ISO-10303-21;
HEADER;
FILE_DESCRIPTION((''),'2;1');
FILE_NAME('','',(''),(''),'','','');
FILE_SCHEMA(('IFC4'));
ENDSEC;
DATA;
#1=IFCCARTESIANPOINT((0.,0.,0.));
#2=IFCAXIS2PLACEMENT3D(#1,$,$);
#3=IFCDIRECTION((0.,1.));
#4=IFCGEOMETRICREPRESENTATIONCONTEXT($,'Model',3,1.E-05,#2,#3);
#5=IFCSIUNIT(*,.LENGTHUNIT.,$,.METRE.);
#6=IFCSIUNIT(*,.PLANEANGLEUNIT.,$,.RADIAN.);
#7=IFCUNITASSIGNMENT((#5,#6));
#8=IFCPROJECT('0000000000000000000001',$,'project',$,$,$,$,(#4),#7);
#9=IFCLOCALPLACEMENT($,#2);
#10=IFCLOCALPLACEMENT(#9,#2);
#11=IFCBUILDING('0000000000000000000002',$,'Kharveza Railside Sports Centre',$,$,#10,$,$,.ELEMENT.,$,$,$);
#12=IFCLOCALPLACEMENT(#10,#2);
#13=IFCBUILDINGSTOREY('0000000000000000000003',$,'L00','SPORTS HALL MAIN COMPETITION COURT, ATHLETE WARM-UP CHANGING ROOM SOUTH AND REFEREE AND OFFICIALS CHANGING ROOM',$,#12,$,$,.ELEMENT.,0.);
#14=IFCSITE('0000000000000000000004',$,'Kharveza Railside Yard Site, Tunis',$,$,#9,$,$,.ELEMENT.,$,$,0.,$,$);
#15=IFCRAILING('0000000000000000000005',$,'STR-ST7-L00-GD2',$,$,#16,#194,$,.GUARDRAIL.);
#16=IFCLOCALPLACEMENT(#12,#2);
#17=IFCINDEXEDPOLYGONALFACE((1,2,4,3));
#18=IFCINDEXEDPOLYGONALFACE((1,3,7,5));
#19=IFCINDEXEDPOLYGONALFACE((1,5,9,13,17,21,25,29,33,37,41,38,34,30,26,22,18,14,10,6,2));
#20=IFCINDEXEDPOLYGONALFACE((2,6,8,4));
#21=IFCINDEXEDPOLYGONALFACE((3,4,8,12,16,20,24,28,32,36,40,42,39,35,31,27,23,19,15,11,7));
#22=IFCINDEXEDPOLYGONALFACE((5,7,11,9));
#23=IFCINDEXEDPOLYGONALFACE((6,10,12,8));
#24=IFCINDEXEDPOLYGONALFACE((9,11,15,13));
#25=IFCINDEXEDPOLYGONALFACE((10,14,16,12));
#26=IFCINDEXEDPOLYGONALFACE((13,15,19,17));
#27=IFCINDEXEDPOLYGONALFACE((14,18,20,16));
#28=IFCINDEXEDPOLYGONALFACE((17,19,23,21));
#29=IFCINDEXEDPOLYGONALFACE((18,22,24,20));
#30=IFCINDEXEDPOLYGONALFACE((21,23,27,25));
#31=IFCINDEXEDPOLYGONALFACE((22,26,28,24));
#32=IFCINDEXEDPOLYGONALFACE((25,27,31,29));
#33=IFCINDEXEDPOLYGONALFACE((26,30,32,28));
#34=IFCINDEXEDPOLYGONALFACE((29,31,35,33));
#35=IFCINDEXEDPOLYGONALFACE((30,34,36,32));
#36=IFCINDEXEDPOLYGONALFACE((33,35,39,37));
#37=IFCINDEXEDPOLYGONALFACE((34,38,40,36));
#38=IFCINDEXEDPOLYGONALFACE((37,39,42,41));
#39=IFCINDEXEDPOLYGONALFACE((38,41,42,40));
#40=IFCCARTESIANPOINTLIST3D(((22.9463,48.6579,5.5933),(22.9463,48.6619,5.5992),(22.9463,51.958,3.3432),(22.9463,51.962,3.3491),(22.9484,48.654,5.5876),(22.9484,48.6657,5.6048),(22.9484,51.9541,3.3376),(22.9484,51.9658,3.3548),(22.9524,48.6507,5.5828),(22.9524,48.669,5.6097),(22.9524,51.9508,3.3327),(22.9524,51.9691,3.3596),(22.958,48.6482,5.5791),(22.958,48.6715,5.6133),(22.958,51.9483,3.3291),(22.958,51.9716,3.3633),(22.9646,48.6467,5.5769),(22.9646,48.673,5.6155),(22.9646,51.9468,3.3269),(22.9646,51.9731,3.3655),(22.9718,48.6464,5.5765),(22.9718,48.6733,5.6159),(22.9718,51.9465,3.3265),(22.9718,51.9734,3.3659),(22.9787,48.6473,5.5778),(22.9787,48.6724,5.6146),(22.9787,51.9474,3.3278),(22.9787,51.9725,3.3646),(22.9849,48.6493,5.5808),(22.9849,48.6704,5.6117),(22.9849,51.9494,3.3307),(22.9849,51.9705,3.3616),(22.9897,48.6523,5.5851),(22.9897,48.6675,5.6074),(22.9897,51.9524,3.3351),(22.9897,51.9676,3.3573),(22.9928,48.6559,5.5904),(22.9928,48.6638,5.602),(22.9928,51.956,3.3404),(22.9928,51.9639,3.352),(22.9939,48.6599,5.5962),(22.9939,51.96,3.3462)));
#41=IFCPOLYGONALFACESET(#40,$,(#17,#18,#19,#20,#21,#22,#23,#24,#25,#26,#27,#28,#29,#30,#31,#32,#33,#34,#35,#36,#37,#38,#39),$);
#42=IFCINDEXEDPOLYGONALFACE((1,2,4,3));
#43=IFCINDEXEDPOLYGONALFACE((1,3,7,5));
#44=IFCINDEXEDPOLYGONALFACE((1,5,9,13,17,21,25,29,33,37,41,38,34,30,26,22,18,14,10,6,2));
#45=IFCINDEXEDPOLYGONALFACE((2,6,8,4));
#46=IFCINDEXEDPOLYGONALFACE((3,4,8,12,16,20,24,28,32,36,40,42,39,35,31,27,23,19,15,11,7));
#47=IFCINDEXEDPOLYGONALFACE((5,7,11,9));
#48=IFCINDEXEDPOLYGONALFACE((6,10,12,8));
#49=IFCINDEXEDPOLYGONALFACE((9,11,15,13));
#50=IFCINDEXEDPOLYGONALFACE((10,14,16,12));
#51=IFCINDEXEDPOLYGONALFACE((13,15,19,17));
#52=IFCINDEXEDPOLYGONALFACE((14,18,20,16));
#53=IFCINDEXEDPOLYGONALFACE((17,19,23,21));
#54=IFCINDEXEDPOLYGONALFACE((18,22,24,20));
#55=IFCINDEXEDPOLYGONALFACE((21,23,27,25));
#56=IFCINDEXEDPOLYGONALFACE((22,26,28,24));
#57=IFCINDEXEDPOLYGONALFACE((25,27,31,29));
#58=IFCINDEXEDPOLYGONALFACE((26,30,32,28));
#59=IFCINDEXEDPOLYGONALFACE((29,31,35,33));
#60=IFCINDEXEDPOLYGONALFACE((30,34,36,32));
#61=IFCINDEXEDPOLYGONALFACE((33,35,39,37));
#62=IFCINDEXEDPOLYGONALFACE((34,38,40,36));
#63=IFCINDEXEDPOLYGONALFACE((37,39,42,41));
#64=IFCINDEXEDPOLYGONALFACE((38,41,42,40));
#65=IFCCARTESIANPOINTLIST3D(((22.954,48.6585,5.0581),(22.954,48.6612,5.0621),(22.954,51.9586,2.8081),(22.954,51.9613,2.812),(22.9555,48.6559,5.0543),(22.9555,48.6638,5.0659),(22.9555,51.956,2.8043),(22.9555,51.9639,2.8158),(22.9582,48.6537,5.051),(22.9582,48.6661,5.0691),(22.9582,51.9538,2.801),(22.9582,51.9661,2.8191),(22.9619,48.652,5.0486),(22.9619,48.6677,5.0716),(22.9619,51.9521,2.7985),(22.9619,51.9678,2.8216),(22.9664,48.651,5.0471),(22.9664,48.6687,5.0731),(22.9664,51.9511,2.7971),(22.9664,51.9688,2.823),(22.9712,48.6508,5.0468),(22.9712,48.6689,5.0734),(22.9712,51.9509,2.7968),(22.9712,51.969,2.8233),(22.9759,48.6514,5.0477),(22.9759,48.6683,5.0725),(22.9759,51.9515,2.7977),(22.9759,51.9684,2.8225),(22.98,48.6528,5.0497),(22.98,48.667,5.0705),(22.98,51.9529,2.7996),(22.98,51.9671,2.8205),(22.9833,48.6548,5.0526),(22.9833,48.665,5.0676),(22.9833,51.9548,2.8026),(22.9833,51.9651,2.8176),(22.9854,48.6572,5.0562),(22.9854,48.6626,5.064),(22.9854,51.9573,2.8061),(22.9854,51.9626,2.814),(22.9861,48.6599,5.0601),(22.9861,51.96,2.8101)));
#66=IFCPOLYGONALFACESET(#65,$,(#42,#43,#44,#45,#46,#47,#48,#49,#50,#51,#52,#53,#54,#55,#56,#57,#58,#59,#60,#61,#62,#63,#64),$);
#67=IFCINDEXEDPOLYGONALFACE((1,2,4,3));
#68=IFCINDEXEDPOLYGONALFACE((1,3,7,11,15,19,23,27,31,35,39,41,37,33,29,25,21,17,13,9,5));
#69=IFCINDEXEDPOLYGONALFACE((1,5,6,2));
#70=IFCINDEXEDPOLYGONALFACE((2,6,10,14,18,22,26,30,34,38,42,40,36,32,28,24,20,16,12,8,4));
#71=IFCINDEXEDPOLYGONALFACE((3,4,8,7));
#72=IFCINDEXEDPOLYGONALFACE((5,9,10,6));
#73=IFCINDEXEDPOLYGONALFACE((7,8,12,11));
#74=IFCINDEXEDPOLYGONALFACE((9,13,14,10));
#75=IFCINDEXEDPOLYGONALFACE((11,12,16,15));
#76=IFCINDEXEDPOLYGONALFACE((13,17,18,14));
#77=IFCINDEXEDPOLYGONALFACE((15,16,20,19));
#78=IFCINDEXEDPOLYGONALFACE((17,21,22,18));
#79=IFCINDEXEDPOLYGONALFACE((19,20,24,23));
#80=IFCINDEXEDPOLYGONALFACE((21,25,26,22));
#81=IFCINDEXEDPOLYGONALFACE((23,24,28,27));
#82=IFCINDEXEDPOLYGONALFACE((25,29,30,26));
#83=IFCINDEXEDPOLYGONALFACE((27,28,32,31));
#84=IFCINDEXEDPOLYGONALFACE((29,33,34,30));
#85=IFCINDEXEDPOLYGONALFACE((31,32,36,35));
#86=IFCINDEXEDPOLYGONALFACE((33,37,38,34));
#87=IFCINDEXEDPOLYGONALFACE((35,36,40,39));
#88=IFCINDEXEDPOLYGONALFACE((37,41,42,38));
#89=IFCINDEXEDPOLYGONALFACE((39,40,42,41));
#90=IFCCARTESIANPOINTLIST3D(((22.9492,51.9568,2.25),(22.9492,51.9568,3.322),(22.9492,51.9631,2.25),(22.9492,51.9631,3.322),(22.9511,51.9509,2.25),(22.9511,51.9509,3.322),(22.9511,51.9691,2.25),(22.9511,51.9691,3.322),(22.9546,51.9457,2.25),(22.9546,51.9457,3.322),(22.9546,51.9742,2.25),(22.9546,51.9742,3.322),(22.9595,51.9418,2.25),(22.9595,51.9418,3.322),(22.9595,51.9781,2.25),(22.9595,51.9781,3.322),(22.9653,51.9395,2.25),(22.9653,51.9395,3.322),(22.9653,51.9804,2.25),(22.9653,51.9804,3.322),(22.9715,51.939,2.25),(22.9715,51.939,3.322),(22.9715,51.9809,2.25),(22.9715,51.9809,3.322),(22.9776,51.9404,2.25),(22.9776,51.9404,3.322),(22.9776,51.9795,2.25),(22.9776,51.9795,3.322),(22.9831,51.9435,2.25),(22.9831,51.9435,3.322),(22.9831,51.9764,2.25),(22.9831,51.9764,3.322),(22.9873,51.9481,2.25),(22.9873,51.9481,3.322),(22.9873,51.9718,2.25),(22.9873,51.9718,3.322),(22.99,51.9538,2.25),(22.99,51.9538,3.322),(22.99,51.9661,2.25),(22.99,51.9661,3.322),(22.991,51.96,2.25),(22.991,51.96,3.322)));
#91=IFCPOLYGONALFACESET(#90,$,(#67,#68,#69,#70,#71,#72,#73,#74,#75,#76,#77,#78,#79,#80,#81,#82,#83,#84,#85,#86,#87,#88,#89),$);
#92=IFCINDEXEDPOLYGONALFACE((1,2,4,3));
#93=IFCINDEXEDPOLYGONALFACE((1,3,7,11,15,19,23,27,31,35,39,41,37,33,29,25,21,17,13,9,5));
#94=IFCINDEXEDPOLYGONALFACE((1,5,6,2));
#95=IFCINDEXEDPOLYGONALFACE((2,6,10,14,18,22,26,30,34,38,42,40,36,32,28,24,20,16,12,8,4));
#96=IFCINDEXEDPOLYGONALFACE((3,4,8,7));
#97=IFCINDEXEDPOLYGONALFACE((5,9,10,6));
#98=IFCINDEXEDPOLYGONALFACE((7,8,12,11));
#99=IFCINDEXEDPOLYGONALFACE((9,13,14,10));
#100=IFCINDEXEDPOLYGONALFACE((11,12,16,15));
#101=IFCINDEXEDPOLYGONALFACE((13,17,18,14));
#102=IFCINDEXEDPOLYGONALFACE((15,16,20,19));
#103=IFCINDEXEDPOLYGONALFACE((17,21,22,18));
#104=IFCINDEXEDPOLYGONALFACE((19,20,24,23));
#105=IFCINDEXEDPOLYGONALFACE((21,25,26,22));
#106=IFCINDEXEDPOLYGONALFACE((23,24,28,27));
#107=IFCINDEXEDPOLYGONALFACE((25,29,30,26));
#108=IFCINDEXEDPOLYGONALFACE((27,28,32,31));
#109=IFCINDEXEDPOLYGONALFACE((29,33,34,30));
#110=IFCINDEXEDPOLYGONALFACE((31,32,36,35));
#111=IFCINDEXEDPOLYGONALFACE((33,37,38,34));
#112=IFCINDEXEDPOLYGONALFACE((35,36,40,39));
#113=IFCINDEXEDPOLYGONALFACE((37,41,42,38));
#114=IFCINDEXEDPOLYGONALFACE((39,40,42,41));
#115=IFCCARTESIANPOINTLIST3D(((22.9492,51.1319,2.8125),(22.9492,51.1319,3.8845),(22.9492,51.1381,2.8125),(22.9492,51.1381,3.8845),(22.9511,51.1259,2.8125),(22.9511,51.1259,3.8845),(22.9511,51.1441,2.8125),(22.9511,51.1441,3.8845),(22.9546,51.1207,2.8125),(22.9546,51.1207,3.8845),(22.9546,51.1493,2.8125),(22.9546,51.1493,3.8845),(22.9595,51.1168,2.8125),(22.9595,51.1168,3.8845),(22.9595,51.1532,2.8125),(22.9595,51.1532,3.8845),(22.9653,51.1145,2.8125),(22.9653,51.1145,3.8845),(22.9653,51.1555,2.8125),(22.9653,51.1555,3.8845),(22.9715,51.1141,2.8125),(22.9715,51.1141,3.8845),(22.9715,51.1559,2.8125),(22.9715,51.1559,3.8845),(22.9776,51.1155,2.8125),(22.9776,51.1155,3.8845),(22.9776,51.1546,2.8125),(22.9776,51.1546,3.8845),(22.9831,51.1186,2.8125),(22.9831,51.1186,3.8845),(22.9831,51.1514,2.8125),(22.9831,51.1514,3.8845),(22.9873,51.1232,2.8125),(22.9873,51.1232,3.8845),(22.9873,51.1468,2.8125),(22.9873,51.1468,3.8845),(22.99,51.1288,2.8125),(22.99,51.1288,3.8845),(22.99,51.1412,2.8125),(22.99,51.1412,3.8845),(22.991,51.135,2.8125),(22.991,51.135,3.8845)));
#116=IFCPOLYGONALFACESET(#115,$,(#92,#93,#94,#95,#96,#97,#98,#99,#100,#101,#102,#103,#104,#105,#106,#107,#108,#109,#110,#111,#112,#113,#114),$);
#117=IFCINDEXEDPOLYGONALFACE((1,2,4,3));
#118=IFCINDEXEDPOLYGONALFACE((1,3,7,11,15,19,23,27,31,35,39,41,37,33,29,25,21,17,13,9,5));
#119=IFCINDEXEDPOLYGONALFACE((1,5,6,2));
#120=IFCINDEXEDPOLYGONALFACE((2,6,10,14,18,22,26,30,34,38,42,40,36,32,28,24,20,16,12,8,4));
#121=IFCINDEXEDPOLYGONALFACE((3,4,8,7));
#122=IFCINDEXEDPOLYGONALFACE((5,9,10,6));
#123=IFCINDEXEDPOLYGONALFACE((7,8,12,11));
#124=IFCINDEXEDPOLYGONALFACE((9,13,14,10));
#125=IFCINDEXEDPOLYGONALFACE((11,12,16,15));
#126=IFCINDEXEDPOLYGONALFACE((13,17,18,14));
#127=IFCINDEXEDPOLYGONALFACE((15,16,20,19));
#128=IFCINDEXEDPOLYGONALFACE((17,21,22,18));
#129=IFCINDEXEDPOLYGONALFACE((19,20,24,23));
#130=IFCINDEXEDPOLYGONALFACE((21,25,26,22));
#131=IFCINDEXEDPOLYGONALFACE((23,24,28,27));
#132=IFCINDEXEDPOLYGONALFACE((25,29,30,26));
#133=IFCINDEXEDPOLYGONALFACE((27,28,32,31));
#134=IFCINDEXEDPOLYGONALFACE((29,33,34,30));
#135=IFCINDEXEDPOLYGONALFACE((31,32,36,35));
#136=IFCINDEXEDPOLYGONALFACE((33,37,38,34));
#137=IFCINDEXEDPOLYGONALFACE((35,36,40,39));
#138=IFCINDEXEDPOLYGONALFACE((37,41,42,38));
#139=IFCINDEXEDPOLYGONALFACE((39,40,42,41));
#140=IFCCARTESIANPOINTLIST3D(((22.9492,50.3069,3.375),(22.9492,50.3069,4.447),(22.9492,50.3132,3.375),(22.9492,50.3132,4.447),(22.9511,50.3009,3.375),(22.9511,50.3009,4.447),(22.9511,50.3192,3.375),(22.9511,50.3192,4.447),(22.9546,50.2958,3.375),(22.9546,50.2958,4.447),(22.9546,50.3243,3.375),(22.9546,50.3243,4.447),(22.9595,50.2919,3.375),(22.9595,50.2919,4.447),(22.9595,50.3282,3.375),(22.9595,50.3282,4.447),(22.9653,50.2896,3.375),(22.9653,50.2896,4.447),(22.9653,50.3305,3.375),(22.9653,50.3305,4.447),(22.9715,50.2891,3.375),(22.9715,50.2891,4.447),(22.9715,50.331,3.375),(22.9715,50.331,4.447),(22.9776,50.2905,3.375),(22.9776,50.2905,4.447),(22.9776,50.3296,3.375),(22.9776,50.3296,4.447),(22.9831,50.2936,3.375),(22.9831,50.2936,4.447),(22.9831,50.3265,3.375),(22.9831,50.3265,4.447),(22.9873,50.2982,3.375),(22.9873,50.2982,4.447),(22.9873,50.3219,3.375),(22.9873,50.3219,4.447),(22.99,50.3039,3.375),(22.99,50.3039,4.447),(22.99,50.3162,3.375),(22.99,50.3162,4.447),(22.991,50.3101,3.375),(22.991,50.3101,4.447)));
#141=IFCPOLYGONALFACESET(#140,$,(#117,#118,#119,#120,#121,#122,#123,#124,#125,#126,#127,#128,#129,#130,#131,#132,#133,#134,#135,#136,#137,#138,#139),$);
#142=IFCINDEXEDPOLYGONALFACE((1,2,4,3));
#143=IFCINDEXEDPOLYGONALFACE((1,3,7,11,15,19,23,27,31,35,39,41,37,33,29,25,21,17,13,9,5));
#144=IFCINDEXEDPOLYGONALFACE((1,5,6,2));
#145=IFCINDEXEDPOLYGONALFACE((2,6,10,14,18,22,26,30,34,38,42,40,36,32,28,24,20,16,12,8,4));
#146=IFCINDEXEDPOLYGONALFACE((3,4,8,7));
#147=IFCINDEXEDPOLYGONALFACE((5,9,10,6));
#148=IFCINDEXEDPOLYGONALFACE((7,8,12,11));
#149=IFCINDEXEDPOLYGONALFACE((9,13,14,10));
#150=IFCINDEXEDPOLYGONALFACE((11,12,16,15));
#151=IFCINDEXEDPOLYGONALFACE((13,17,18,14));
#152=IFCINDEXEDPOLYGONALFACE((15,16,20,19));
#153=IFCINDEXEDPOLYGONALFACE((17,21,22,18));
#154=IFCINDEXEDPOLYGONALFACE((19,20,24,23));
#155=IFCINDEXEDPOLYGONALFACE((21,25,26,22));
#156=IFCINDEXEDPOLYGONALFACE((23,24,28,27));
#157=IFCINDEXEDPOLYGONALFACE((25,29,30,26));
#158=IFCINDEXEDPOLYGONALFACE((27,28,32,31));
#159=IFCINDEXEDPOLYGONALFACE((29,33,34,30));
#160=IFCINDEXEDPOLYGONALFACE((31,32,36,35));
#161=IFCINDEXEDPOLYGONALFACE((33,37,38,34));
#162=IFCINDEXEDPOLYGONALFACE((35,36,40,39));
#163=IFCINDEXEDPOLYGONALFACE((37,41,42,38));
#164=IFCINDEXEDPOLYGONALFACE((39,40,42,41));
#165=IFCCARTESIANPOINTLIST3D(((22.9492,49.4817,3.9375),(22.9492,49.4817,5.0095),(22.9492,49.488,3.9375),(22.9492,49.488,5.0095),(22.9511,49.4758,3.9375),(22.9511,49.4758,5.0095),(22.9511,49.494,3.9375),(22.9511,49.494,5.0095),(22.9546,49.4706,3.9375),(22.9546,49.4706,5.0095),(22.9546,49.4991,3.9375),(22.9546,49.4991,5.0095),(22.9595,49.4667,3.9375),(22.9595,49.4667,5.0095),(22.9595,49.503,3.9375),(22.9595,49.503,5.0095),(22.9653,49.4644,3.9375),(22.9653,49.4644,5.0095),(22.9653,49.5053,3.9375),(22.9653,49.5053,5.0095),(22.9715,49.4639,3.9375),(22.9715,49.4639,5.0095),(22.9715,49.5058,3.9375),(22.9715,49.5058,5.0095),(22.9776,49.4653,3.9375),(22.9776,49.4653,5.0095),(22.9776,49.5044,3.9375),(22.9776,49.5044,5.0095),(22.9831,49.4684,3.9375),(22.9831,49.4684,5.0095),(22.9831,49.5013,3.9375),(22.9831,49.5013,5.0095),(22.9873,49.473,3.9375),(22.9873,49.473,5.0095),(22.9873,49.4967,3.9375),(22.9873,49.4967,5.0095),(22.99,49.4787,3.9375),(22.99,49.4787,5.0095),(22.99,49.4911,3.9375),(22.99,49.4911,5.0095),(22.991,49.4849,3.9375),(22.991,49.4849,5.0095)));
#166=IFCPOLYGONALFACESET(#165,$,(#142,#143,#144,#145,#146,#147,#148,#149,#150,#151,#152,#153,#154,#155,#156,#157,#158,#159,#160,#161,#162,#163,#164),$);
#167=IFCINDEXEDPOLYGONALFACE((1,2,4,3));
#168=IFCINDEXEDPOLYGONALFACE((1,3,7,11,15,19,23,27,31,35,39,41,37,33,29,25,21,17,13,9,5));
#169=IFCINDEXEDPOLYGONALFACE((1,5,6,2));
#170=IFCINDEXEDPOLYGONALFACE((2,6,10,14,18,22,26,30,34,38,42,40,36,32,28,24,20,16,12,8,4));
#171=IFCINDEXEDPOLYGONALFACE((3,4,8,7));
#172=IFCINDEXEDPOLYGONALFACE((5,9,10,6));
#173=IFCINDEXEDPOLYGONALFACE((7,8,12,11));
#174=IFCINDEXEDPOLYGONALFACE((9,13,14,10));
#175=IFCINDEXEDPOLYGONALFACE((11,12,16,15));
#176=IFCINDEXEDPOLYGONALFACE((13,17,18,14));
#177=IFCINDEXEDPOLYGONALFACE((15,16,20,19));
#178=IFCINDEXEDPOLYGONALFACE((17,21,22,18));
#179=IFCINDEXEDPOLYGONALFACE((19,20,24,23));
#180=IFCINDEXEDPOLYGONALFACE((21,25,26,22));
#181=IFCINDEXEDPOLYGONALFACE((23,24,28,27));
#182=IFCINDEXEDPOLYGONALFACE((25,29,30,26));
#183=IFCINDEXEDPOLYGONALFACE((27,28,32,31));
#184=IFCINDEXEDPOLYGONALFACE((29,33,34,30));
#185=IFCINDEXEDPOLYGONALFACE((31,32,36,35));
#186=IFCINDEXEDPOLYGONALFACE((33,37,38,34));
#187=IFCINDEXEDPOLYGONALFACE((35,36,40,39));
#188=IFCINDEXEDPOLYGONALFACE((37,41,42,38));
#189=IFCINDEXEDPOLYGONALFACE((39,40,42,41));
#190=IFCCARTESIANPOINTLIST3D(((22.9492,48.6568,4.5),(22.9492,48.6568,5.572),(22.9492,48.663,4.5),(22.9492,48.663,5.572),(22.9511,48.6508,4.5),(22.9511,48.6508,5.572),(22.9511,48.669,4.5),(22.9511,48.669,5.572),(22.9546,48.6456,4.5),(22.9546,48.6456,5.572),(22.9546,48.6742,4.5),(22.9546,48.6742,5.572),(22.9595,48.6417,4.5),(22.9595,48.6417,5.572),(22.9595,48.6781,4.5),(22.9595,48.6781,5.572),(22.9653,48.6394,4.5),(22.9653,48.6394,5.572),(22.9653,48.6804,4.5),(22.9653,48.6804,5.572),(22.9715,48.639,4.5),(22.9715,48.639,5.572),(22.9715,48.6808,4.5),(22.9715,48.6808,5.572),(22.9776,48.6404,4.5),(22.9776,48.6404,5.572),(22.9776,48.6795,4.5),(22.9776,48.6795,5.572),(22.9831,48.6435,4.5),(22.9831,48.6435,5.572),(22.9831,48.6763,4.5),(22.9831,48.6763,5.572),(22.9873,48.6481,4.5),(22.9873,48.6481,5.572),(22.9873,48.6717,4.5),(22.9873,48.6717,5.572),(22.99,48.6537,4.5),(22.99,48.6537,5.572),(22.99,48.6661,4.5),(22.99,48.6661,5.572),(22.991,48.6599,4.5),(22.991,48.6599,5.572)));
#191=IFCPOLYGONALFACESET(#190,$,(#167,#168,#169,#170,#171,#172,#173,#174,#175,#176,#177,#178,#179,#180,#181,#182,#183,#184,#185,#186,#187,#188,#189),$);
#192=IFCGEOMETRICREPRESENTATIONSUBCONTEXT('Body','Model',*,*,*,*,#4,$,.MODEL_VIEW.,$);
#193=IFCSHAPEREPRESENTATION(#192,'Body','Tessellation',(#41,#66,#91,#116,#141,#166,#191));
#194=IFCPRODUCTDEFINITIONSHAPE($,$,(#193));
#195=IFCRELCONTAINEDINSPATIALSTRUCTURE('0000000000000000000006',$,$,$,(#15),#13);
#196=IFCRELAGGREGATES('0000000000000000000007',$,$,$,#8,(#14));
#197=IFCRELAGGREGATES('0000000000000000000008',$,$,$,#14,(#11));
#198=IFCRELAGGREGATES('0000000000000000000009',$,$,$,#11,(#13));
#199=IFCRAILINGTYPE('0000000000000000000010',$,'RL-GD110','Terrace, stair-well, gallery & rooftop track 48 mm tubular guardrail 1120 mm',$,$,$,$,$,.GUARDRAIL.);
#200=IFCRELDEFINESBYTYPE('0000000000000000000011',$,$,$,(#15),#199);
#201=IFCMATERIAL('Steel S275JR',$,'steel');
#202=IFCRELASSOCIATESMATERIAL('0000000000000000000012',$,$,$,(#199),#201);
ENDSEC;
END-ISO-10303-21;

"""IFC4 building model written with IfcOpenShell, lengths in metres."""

from ifc_helpers import new_model, si_unit, direction, frame, origin, origin_2d, place, context, subcontext, project, spatial, circle, extrude, material, type_object, element, save


model = new_model("IFC4")

# Units and contexts
model_context = context("Model", 3, precision=1e-05, world=origin(), true_north=direction((0.0, 1.0)))
body_context = subcontext(model_context, "Body", "Model", "MODEL_VIEW")
ifc_project = project(units=[si_unit("LENGTHUNIT", "METRE"), si_unit("PLANEANGLEUNIT", "RADIAN")], contexts=[model_context])

# Site, building, storey
site_placement = place(None, origin())
site = spatial("IfcSite", under=ifc_project, at=site_placement, Name="Kharveza Railside Yard Site, Tunis", CompositionType="ELEMENT", RefElevation=0.0)
building_placement = place(site_placement, origin())
building = spatial("IfcBuilding", under=site, at=building_placement, Name="Kharveza Railside Sports Centre", CompositionType="ELEMENT")
storey_placement = place(building_placement, origin())
storey = spatial("IfcBuildingStorey", under=building, at=storey_placement, Name="L00", Description="SPORTS HALL MAIN COMPETITION COURT, ATHLETE WARM-UP CHANGING ROOM SOUTH AND REFEREE AND OFFICIALS CHANGING ROOM", CompositionType="ELEMENT", Elevation=0.0)

# Railing
ifc_material_1 = material(Name="Steel S275JR", Category="steel")
railing_type_1 = type_object("IfcRailingType", Name="RL-GD110", Description="Terrace, stair-well, gallery & rooftop track 48 mm tubular guardrail 1120 mm", PredefinedType="GUARDRAIL", material=ifc_material_1)
railing_1_placement = place(storey_placement, frame((22.97, 51.96, 2.25)))
element("IfcRailing", 1, at=railing_1_placement, inside=storey, type_object=railing_type_1, Name="STR-ST7-L00-GD2", PredefinedType="GUARDRAIL", context=body_context, shape_type="SweptSolid", body=[
    extrude(circle(Radius=0.0239, at=origin_2d()), frame((0.0, 0.0, 1.0962), z_axis=(0.0, -0.826231, 0.563331), x_axis=(1.0, 0.0, 0.0)), (0.0, 0.0, 1.0), 3.9941),
    extrude(circle(Radius=0.0161, at=origin_2d()), frame((0.0, 0.0, 0.5601), z_axis=(0.0, -0.826231, 0.563331), x_axis=(1.0, 0.0, 0.0)), (0.0, 0.0, 1.0), 3.9941),
    extrude(circle(Radius=0.021, at=origin_2d()), origin(), (0.0, 0.0, 1.0), 1.072),
    extrude(circle(Radius=0.021, at=origin_2d()), frame((0.0, -0.825, 0.5625)), (0.0, 0.0, 1.0), 1.072),
    extrude(circle(Radius=0.021, at=origin_2d()), frame((0.0, -1.6499, 1.125)), (0.0, 0.0, 1.0), 1.072),
    extrude(circle(Radius=0.021, at=origin_2d()), frame((0.0, -2.4751, 1.6875)), (0.0, 0.0, 1.0), 1.072),
    extrude(circle(Radius=0.021, at=origin_2d()), frame((0.0, -3.3, 2.25)), (0.0, 0.0, 1.0), 1.072),
])

save(model, "model.ifc")
